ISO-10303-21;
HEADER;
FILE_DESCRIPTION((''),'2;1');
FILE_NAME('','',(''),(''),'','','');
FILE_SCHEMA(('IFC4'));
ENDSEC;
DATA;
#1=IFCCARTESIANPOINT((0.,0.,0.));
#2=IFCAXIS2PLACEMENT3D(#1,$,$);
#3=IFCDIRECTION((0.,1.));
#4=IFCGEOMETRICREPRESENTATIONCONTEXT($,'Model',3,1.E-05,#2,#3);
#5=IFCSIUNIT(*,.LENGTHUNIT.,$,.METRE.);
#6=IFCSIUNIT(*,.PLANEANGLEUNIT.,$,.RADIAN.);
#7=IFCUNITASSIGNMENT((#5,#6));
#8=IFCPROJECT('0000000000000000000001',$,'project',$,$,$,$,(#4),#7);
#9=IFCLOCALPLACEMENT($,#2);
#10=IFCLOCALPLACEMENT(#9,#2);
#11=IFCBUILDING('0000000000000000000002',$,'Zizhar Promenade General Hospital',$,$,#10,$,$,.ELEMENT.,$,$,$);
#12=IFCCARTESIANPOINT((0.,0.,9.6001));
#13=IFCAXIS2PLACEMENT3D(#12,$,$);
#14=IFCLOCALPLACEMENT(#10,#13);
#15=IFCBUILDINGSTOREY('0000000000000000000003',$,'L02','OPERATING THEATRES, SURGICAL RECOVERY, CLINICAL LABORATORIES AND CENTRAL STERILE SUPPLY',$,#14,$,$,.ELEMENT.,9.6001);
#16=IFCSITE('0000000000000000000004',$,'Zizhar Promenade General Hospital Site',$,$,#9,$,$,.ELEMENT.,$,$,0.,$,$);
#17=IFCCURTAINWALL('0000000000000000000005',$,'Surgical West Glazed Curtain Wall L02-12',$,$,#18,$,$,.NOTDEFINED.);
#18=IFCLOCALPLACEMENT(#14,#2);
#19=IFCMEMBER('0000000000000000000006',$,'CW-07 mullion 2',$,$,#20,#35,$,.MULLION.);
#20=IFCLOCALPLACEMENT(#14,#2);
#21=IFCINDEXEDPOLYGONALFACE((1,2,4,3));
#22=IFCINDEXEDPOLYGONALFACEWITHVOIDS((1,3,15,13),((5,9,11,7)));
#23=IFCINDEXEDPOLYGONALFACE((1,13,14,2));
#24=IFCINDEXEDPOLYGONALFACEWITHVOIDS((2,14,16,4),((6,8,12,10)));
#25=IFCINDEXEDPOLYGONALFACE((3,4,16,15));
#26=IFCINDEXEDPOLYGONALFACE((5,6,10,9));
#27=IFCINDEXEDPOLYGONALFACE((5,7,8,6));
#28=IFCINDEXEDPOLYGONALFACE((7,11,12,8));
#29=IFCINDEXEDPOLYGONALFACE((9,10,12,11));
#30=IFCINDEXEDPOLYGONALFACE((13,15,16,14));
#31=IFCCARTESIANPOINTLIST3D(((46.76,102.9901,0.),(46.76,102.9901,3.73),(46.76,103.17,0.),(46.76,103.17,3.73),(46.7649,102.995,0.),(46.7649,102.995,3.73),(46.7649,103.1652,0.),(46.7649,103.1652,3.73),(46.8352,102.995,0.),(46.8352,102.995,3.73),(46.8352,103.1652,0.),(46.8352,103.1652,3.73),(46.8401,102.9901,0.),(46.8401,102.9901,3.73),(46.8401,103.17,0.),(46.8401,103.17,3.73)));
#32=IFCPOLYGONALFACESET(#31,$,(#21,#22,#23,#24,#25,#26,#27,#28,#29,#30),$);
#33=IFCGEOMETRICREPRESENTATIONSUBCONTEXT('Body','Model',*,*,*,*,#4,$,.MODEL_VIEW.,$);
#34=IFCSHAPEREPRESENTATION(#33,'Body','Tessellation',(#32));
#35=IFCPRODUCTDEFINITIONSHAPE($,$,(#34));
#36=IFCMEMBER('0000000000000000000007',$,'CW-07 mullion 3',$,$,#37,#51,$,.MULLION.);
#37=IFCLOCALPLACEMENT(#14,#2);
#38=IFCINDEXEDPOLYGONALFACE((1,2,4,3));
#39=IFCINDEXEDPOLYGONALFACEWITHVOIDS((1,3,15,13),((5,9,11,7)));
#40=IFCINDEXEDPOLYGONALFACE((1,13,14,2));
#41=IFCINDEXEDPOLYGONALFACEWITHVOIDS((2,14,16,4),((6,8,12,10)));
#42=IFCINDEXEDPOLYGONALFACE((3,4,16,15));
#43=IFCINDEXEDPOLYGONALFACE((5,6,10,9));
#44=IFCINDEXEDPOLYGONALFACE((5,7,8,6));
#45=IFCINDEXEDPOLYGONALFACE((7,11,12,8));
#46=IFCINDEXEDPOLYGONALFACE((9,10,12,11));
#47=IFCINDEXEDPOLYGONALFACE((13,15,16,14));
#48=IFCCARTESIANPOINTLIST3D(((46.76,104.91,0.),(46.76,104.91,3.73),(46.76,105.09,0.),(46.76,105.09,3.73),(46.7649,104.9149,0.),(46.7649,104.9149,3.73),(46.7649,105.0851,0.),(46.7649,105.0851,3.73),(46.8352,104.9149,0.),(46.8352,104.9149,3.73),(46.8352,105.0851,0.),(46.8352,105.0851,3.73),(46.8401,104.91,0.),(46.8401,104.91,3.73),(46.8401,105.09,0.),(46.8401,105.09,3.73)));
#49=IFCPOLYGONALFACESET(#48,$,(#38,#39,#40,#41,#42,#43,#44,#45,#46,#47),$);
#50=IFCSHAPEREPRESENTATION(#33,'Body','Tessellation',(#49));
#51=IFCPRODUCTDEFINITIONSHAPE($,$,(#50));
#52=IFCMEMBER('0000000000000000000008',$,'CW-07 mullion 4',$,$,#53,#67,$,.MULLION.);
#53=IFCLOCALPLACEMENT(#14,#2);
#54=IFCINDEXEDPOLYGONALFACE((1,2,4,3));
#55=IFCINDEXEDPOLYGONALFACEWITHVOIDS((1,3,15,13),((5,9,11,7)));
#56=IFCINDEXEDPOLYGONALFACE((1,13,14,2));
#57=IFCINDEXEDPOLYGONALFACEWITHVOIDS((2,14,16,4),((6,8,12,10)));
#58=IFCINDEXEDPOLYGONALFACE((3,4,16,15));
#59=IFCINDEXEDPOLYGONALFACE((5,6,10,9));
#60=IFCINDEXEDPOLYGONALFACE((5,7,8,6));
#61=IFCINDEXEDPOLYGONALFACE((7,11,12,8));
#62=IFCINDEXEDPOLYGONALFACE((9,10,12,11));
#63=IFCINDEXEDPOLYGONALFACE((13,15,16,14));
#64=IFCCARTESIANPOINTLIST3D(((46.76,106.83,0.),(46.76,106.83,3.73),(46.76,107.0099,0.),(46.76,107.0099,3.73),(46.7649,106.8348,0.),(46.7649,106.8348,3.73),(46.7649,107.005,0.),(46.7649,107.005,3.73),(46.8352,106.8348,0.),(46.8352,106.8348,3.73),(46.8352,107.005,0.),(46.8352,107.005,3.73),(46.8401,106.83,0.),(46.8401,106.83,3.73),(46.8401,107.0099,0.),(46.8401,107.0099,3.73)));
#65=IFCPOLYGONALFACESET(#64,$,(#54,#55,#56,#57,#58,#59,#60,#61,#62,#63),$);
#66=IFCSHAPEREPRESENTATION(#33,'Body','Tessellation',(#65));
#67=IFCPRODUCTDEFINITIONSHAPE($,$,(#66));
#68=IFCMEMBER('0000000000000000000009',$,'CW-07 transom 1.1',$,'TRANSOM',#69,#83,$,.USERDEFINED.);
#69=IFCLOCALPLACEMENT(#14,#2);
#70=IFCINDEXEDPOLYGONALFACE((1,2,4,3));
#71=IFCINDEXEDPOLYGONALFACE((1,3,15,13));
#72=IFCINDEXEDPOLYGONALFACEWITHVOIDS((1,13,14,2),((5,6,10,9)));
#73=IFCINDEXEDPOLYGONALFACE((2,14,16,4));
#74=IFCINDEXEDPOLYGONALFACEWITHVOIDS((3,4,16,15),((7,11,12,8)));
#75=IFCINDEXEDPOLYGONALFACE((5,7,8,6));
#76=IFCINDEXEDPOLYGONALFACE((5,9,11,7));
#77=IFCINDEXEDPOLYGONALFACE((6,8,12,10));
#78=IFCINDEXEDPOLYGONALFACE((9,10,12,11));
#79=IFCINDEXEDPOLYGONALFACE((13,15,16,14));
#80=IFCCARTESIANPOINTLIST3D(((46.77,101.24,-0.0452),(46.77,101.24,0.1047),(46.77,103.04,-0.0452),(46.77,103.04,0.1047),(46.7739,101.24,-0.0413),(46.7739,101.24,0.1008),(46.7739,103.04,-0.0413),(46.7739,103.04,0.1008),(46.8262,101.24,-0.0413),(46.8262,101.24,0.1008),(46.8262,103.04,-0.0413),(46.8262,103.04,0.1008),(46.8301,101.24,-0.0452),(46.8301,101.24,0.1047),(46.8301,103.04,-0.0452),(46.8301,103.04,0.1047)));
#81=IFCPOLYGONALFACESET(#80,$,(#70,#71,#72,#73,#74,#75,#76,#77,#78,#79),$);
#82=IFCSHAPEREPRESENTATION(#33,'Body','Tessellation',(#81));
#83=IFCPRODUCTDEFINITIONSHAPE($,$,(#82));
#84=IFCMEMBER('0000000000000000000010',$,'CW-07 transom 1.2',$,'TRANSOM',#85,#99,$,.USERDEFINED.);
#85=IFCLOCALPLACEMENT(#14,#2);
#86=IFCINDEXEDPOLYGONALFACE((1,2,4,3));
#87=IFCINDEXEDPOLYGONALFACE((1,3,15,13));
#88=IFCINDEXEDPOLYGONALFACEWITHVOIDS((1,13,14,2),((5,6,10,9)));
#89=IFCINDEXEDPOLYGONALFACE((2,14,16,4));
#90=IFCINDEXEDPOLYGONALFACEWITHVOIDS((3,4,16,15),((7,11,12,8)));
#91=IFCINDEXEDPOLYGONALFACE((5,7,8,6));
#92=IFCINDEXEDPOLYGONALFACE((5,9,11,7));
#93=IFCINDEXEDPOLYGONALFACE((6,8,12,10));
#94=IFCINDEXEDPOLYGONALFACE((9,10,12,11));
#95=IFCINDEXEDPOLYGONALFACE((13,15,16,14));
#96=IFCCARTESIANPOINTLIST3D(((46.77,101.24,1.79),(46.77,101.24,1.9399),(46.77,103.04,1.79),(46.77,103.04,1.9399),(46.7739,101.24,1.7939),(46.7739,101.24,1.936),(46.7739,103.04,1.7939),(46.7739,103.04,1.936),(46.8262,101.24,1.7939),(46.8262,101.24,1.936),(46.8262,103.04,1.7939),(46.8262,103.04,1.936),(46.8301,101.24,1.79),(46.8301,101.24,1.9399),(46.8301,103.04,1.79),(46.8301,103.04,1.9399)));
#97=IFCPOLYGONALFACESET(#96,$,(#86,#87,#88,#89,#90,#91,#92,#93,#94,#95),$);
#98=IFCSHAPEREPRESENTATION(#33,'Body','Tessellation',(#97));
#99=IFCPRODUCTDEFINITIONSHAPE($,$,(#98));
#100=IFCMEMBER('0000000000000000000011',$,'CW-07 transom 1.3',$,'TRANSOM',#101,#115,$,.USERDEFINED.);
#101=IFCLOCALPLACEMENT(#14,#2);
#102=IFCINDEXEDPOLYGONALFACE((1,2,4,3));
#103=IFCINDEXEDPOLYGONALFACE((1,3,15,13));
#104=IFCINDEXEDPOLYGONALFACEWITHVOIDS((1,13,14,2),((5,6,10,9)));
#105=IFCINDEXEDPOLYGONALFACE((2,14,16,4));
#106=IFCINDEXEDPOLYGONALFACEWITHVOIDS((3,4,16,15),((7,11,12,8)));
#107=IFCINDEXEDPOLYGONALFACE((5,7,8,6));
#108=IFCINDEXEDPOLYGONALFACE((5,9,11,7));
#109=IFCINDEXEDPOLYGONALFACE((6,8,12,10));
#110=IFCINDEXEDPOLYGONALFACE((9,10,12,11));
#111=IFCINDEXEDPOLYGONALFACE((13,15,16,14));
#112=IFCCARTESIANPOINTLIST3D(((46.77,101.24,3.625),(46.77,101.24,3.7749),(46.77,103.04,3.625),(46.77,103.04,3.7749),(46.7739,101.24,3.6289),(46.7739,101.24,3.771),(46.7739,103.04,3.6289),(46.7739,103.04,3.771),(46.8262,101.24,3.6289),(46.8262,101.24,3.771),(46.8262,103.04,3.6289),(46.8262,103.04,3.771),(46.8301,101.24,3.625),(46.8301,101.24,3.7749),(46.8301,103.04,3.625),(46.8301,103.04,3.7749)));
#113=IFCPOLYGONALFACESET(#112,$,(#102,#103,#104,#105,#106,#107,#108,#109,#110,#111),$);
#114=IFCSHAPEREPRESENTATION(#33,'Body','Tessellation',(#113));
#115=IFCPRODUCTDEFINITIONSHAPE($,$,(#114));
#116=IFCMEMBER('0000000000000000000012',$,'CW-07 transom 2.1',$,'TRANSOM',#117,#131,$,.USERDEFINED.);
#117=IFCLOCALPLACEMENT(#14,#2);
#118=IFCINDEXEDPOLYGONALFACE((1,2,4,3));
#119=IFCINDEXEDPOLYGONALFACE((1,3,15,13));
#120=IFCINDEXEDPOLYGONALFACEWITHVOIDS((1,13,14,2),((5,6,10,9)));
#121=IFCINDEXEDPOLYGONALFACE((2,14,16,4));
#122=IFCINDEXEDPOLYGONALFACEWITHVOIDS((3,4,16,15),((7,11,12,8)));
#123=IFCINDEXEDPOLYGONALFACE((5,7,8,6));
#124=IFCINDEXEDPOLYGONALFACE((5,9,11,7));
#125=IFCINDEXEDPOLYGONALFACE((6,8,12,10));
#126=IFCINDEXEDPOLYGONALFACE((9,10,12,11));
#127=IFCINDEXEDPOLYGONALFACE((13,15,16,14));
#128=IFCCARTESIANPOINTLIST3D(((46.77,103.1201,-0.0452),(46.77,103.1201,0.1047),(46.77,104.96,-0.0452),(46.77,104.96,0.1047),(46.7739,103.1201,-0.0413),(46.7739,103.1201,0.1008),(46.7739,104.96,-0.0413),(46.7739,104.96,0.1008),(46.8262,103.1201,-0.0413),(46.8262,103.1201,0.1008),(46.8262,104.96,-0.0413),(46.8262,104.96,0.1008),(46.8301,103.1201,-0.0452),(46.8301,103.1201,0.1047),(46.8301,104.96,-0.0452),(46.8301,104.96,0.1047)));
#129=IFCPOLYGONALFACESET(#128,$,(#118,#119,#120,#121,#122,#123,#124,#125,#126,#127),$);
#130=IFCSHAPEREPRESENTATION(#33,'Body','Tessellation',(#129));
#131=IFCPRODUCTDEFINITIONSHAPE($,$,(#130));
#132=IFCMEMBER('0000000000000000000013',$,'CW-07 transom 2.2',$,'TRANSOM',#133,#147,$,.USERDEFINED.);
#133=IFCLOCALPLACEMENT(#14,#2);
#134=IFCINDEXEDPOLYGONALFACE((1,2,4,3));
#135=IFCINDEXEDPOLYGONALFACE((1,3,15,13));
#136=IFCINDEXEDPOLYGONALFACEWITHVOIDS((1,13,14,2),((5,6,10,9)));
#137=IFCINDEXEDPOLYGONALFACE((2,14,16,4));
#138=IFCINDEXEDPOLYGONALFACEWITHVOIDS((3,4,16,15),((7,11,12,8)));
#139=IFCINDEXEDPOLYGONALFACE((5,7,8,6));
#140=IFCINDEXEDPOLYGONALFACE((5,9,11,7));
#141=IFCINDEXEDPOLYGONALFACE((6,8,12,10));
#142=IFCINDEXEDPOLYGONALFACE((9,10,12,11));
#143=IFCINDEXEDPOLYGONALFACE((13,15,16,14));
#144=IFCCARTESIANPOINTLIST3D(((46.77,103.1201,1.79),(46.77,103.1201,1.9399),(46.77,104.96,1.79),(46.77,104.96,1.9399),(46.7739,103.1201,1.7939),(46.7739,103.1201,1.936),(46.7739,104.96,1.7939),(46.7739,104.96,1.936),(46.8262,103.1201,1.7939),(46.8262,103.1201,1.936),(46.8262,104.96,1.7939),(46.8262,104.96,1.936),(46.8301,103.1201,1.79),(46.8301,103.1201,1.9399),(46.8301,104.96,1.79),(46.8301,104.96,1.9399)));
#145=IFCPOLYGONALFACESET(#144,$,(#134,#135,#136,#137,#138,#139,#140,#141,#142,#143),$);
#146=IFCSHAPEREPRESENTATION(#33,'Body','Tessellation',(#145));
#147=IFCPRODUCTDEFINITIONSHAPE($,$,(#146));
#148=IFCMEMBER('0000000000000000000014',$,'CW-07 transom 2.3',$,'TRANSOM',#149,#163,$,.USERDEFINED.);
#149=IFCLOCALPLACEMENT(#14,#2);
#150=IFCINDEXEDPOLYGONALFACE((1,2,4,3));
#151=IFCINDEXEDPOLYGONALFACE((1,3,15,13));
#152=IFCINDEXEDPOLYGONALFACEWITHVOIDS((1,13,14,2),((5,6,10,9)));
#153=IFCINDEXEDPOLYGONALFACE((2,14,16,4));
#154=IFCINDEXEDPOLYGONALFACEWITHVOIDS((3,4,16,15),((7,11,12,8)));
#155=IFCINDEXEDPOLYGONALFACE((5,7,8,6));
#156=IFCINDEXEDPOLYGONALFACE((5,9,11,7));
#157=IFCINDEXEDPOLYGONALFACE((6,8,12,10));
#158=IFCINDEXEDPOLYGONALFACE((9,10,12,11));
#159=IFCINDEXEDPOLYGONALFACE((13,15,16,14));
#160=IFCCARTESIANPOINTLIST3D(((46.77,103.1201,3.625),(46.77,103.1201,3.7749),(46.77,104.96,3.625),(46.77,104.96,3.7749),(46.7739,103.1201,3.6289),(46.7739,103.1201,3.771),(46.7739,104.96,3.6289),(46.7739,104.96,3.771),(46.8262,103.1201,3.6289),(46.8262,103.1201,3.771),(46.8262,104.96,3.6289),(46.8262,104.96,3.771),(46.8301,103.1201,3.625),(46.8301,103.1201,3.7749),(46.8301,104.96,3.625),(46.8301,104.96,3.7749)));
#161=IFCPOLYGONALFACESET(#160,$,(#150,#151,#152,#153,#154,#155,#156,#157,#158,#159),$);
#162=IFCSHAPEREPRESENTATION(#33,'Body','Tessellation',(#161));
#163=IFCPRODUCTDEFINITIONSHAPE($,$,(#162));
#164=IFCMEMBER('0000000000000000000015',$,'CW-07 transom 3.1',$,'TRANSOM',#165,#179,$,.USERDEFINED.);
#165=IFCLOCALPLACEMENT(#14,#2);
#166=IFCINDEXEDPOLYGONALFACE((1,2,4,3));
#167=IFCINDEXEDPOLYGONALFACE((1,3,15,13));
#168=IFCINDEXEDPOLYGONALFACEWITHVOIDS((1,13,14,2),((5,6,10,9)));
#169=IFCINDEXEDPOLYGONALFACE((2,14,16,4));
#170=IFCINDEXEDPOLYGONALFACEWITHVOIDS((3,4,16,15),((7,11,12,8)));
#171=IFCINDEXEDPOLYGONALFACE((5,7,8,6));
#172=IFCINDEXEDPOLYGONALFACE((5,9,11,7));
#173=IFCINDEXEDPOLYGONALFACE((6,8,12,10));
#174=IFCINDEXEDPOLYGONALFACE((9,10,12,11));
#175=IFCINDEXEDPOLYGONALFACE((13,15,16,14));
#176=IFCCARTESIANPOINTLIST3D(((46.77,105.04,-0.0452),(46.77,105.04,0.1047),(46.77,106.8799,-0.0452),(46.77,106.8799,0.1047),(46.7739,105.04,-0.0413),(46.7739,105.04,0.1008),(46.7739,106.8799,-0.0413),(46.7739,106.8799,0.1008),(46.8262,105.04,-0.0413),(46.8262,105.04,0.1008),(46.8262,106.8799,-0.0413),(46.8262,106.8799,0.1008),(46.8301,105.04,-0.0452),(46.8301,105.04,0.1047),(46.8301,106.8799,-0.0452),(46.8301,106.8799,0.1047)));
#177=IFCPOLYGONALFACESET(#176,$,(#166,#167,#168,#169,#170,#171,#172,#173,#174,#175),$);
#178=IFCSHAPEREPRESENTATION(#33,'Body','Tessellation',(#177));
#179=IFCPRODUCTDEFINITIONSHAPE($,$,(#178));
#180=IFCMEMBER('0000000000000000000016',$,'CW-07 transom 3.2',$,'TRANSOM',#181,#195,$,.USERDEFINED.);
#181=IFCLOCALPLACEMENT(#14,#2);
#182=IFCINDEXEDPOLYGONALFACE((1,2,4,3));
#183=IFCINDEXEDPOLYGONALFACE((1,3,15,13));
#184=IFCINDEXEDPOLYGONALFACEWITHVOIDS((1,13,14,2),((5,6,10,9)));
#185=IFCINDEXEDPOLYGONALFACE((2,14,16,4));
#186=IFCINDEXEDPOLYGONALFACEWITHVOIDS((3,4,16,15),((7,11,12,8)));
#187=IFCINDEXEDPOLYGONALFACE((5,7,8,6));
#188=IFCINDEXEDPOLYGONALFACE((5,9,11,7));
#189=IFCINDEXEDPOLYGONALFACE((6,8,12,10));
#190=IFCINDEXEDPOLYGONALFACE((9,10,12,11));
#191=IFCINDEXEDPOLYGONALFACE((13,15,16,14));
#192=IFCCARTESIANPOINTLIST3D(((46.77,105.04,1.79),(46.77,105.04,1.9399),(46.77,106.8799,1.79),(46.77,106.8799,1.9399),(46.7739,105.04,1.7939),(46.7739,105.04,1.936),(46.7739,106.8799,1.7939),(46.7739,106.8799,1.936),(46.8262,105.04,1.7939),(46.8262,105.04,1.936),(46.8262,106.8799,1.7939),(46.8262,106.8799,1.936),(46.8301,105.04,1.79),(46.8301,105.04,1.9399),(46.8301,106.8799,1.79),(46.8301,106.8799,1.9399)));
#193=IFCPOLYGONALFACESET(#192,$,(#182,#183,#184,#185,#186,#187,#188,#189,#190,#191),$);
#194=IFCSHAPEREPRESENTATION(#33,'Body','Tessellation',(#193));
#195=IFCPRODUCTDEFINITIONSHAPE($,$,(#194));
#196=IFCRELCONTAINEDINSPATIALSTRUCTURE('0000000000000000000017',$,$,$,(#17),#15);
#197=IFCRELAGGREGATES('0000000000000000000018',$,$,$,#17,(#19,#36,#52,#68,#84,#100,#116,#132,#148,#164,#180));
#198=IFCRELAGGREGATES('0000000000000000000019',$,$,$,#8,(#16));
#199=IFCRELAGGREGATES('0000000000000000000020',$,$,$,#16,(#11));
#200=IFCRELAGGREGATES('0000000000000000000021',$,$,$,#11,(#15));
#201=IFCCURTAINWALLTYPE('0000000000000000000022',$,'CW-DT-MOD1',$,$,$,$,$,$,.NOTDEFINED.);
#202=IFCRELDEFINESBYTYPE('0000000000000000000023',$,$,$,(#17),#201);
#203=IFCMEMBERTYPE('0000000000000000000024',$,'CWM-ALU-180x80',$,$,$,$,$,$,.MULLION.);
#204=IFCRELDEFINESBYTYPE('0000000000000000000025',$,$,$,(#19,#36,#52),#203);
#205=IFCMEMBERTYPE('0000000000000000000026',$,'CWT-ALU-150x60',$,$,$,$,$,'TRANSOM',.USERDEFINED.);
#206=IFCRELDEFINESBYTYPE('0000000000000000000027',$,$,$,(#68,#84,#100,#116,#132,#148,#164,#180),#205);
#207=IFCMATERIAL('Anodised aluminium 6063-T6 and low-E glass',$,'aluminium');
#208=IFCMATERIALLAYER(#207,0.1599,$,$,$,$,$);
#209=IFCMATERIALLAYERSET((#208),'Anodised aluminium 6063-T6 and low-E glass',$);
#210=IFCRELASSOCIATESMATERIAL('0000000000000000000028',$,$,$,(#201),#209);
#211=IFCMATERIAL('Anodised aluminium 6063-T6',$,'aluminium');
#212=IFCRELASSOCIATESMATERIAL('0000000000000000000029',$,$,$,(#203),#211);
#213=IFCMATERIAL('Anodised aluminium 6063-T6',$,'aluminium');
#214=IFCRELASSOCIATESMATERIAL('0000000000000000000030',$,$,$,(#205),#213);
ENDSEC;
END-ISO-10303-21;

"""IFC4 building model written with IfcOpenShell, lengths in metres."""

from ifc_helpers import new_model, si_unit, direction, frame, origin, origin_2d, place, context, subcontext, project, spatial, hollow_rectangle, extrude, material, layer, layer_set, material_profile, profile_set, type_object, element, aggregate, save


model = new_model("IFC4")

# Units and contexts
model_context = context("Model", 3, precision=1e-05, world=origin(), true_north=direction((0.0, 1.0)))
body_context = subcontext(model_context, "Body", "Model", "MODEL_VIEW")
ifc_project = project(units=[si_unit("LENGTHUNIT", "METRE"), si_unit("PLANEANGLEUNIT", "RADIAN")], contexts=[model_context])

# Site, building, storey
site_placement = place(None, origin())
site = spatial("IfcSite", under=ifc_project, at=site_placement, Name="Zizhar Promenade General Hospital Site", CompositionType="ELEMENT", RefElevation=0.0)
building_placement = place(site_placement, origin())
building = spatial("IfcBuilding", under=site, at=building_placement, Name="Zizhar Promenade General Hospital", CompositionType="ELEMENT")
storey_placement = place(building_placement, frame((0.0, 0.0, 9.6001)))
storey = spatial("IfcBuildingStorey", under=building, at=storey_placement, Name="L02", Description="OPERATING THEATRES, SURGICAL RECOVERY, CLINICAL LABORATORIES AND CENTRAL STERILE SUPPLY", CompositionType="ELEMENT", Elevation=9.6001)

# Curtain wall, members
ifc_material_1 = material(Name="Anodised aluminium 6063-T6 and low-E glass", Category="aluminium")
ifc_layer_1 = layer(ifc_material_1, 0.1599)
ifc_layer_set_1 = layer_set([ifc_layer_1], Name="Anodised aluminium 6063-T6 and low-E glass")
curtain_wall_type = type_object("IfcCurtainWallType", Name="CW-DT-MOD1", PredefinedType="NOTDEFINED", material=ifc_layer_set_1)
curtain_wall_placement = place(storey_placement, origin())
curtain_wall = element("IfcCurtainWall", 1, at=curtain_wall_placement, inside=storey, type_object=curtain_wall_type, Name="Surgical West Glazed Curtain Wall L02-12", PredefinedType="NOTDEFINED")
ifc_material_2 = material(Name="Anodised aluminium 6063-T6", Category="aluminium")
ifc_material_profile_1 = material_profile(ifc_material_2, hollow_rectangle(XDim=0.0801, YDim=0.1799, WallThickness=0.0049, at=origin_2d()))
ifc_profile_set_1 = profile_set([ifc_material_profile_1], Name="Anodised aluminium 6063-T6")
member_type_1 = type_object("IfcMemberType", Name="CWM-ALU-180x80", PredefinedType="MULLION", material=ifc_profile_set_1)
member_1_placement = place(storey_placement, frame((46.8, 103.0801, 0.0), z_axis=(0.0, 0.0, 1.0), x_axis=(-1.0, 0.0, 0.0)))
member_1 = element("IfcMember", 2, at=member_1_placement, type_object=member_type_1, Name="CW-07 mullion 2", PredefinedType="MULLION", context=body_context, shape_type="SweptSolid", body=[
    extrude(hollow_rectangle(XDim=0.0801, YDim=0.1799, WallThickness=0.0049, at=origin_2d()), origin(), (0.0, 0.0, 1.0), 3.73),
])
member_2_placement = place(storey_placement, frame((46.8, 105.0, 0.0), z_axis=(0.0, 0.0, 1.0), x_axis=(-1.0, 0.0, 0.0)))
member_2 = element("IfcMember", 3, at=member_2_placement, type_object=member_type_1, Name="CW-07 mullion 3", PredefinedType="MULLION", context=body_context, shape_type="SweptSolid", body=[
    extrude(hollow_rectangle(XDim=0.0801, YDim=0.1799, WallThickness=0.0049, at=origin_2d()), origin(), (0.0, 0.0, 1.0), 3.73),
])
member_3_placement = place(storey_placement, frame((46.8, 106.9199, 0.0), z_axis=(0.0, 0.0, 1.0), x_axis=(-1.0, 0.0, 0.0)))
member_3 = element("IfcMember", 4, at=member_3_placement, type_object=member_type_1, Name="CW-07 mullion 4", PredefinedType="MULLION", context=body_context, shape_type="SweptSolid", body=[
    extrude(hollow_rectangle(XDim=0.0801, YDim=0.1799, WallThickness=0.0049, at=origin_2d()), origin(), (0.0, 0.0, 1.0), 3.73),
])
ifc_material_3 = material(Name="Anodised aluminium 6063-T6", Category="aluminium")
ifc_material_profile_2 = material_profile(ifc_material_3, hollow_rectangle(XDim=0.0601, YDim=0.1499, WallThickness=0.0039, at=origin_2d()))
ifc_profile_set_2 = profile_set([ifc_material_profile_2], Name="Anodised aluminium 6063-T6")
member_type_2 = type_object("IfcMemberType", Name="CWT-ALU-150x60", ElementType="TRANSOM", PredefinedType="USERDEFINED", material=ifc_profile_set_2)
member_4_placement = place(storey_placement, frame((46.8, 101.24, 0.0298), z_axis=(0.0, 1.0, 0.0), x_axis=(-1.0, 0.0, 0.0)))
member_4 = element("IfcMember", 5, at=member_4_placement, type_object=member_type_2, Name="CW-07 transom 1.1", ObjectType="TRANSOM", PredefinedType="USERDEFINED", context=body_context, shape_type="SweptSolid", body=[
    extrude(hollow_rectangle(XDim=0.0601, YDim=0.1499, WallThickness=0.0039, at=origin_2d()), origin(), (0.0, 0.0, 1.0), 1.8),
])
member_5_placement = place(storey_placement, frame((46.8, 101.24, 1.865), z_axis=(0.0, 1.0, 0.0), x_axis=(-1.0, 0.0, 0.0)))
member_5 = element("IfcMember", 6, at=member_5_placement, type_object=member_type_2, Name="CW-07 transom 1.2", ObjectType="TRANSOM", PredefinedType="USERDEFINED", context=body_context, shape_type="SweptSolid", body=[
    extrude(hollow_rectangle(XDim=0.0601, YDim=0.1499, WallThickness=0.0039, at=origin_2d()), origin(), (0.0, 0.0, 1.0), 1.8),
])
member_6_placement = place(storey_placement, frame((46.8, 101.24, 3.7), z_axis=(0.0, 1.0, 0.0), x_axis=(-1.0, 0.0, 0.0)))
member_6 = element("IfcMember", 7, at=member_6_placement, type_object=member_type_2, Name="CW-07 transom 1.3", ObjectType="TRANSOM", PredefinedType="USERDEFINED", context=body_context, shape_type="SweptSolid", body=[
    extrude(hollow_rectangle(XDim=0.0601, YDim=0.1499, WallThickness=0.0039, at=origin_2d()), origin(), (0.0, 0.0, 1.0), 1.8),
])
member_7_placement = place(storey_placement, frame((46.8, 103.1201, 0.0298), z_axis=(0.0, 1.0, 0.0), x_axis=(-1.0, 0.0, 0.0)))
member_7 = element("IfcMember", 8, at=member_7_placement, type_object=member_type_2, Name="CW-07 transom 2.1", ObjectType="TRANSOM", PredefinedType="USERDEFINED", context=body_context, shape_type="SweptSolid", body=[
    extrude(hollow_rectangle(XDim=0.0601, YDim=0.1499, WallThickness=0.0039, at=origin_2d()), origin(), (0.0, 0.0, 1.0), 1.8398),
])
member_8_placement = place(storey_placement, frame((46.8, 103.1201, 1.865), z_axis=(0.0, 1.0, 0.0), x_axis=(-1.0, 0.0, 0.0)))
member_8 = element("IfcMember", 9, at=member_8_placement, type_object=member_type_2, Name="CW-07 transom 2.2", ObjectType="TRANSOM", PredefinedType="USERDEFINED", context=body_context, shape_type="SweptSolid", body=[
    extrude(hollow_rectangle(XDim=0.0601, YDim=0.1499, WallThickness=0.0039, at=origin_2d()), origin(), (0.0, 0.0, 1.0), 1.8398),
])
member_9_placement = place(storey_placement, frame((46.8, 103.1201, 3.7), z_axis=(0.0, 1.0, 0.0), x_axis=(-1.0, 0.0, 0.0)))
member_9 = element("IfcMember", 10, at=member_9_placement, type_object=member_type_2, Name="CW-07 transom 2.3", ObjectType="TRANSOM", PredefinedType="USERDEFINED", context=body_context, shape_type="SweptSolid", body=[
    extrude(hollow_rectangle(XDim=0.0601, YDim=0.1499, WallThickness=0.0039, at=origin_2d()), origin(), (0.0, 0.0, 1.0), 1.8398),
])
member_10_placement = place(storey_placement, frame((46.8, 105.04, 0.0298), z_axis=(0.0, 1.0, 0.0), x_axis=(-1.0, 0.0, 0.0)))
member_10 = element("IfcMember", 11, at=member_10_placement, type_object=member_type_2, Name="CW-07 transom 3.1", ObjectType="TRANSOM", PredefinedType="USERDEFINED", context=body_context, shape_type="SweptSolid", body=[
    extrude(hollow_rectangle(XDim=0.0601, YDim=0.1499, WallThickness=0.0039, at=origin_2d()), origin(), (0.0, 0.0, 1.0), 1.8398),
])
member_11_placement = place(storey_placement, frame((46.8, 105.04, 1.865), z_axis=(0.0, 1.0, 0.0), x_axis=(-1.0, 0.0, 0.0)))
member_11 = element("IfcMember", 12, at=member_11_placement, type_object=member_type_2, Name="CW-07 transom 3.2", ObjectType="TRANSOM", PredefinedType="USERDEFINED", context=body_context, shape_type="SweptSolid", body=[
    extrude(hollow_rectangle(XDim=0.0601, YDim=0.1499, WallThickness=0.0039, at=origin_2d()), origin(), (0.0, 0.0, 1.0), 1.8398),
])
aggregate(curtain_wall, [member_1, member_2, member_3, member_4, member_5, member_6, member_7, member_8, member_9, member_10, member_11])

save(model, "model.ifc")
